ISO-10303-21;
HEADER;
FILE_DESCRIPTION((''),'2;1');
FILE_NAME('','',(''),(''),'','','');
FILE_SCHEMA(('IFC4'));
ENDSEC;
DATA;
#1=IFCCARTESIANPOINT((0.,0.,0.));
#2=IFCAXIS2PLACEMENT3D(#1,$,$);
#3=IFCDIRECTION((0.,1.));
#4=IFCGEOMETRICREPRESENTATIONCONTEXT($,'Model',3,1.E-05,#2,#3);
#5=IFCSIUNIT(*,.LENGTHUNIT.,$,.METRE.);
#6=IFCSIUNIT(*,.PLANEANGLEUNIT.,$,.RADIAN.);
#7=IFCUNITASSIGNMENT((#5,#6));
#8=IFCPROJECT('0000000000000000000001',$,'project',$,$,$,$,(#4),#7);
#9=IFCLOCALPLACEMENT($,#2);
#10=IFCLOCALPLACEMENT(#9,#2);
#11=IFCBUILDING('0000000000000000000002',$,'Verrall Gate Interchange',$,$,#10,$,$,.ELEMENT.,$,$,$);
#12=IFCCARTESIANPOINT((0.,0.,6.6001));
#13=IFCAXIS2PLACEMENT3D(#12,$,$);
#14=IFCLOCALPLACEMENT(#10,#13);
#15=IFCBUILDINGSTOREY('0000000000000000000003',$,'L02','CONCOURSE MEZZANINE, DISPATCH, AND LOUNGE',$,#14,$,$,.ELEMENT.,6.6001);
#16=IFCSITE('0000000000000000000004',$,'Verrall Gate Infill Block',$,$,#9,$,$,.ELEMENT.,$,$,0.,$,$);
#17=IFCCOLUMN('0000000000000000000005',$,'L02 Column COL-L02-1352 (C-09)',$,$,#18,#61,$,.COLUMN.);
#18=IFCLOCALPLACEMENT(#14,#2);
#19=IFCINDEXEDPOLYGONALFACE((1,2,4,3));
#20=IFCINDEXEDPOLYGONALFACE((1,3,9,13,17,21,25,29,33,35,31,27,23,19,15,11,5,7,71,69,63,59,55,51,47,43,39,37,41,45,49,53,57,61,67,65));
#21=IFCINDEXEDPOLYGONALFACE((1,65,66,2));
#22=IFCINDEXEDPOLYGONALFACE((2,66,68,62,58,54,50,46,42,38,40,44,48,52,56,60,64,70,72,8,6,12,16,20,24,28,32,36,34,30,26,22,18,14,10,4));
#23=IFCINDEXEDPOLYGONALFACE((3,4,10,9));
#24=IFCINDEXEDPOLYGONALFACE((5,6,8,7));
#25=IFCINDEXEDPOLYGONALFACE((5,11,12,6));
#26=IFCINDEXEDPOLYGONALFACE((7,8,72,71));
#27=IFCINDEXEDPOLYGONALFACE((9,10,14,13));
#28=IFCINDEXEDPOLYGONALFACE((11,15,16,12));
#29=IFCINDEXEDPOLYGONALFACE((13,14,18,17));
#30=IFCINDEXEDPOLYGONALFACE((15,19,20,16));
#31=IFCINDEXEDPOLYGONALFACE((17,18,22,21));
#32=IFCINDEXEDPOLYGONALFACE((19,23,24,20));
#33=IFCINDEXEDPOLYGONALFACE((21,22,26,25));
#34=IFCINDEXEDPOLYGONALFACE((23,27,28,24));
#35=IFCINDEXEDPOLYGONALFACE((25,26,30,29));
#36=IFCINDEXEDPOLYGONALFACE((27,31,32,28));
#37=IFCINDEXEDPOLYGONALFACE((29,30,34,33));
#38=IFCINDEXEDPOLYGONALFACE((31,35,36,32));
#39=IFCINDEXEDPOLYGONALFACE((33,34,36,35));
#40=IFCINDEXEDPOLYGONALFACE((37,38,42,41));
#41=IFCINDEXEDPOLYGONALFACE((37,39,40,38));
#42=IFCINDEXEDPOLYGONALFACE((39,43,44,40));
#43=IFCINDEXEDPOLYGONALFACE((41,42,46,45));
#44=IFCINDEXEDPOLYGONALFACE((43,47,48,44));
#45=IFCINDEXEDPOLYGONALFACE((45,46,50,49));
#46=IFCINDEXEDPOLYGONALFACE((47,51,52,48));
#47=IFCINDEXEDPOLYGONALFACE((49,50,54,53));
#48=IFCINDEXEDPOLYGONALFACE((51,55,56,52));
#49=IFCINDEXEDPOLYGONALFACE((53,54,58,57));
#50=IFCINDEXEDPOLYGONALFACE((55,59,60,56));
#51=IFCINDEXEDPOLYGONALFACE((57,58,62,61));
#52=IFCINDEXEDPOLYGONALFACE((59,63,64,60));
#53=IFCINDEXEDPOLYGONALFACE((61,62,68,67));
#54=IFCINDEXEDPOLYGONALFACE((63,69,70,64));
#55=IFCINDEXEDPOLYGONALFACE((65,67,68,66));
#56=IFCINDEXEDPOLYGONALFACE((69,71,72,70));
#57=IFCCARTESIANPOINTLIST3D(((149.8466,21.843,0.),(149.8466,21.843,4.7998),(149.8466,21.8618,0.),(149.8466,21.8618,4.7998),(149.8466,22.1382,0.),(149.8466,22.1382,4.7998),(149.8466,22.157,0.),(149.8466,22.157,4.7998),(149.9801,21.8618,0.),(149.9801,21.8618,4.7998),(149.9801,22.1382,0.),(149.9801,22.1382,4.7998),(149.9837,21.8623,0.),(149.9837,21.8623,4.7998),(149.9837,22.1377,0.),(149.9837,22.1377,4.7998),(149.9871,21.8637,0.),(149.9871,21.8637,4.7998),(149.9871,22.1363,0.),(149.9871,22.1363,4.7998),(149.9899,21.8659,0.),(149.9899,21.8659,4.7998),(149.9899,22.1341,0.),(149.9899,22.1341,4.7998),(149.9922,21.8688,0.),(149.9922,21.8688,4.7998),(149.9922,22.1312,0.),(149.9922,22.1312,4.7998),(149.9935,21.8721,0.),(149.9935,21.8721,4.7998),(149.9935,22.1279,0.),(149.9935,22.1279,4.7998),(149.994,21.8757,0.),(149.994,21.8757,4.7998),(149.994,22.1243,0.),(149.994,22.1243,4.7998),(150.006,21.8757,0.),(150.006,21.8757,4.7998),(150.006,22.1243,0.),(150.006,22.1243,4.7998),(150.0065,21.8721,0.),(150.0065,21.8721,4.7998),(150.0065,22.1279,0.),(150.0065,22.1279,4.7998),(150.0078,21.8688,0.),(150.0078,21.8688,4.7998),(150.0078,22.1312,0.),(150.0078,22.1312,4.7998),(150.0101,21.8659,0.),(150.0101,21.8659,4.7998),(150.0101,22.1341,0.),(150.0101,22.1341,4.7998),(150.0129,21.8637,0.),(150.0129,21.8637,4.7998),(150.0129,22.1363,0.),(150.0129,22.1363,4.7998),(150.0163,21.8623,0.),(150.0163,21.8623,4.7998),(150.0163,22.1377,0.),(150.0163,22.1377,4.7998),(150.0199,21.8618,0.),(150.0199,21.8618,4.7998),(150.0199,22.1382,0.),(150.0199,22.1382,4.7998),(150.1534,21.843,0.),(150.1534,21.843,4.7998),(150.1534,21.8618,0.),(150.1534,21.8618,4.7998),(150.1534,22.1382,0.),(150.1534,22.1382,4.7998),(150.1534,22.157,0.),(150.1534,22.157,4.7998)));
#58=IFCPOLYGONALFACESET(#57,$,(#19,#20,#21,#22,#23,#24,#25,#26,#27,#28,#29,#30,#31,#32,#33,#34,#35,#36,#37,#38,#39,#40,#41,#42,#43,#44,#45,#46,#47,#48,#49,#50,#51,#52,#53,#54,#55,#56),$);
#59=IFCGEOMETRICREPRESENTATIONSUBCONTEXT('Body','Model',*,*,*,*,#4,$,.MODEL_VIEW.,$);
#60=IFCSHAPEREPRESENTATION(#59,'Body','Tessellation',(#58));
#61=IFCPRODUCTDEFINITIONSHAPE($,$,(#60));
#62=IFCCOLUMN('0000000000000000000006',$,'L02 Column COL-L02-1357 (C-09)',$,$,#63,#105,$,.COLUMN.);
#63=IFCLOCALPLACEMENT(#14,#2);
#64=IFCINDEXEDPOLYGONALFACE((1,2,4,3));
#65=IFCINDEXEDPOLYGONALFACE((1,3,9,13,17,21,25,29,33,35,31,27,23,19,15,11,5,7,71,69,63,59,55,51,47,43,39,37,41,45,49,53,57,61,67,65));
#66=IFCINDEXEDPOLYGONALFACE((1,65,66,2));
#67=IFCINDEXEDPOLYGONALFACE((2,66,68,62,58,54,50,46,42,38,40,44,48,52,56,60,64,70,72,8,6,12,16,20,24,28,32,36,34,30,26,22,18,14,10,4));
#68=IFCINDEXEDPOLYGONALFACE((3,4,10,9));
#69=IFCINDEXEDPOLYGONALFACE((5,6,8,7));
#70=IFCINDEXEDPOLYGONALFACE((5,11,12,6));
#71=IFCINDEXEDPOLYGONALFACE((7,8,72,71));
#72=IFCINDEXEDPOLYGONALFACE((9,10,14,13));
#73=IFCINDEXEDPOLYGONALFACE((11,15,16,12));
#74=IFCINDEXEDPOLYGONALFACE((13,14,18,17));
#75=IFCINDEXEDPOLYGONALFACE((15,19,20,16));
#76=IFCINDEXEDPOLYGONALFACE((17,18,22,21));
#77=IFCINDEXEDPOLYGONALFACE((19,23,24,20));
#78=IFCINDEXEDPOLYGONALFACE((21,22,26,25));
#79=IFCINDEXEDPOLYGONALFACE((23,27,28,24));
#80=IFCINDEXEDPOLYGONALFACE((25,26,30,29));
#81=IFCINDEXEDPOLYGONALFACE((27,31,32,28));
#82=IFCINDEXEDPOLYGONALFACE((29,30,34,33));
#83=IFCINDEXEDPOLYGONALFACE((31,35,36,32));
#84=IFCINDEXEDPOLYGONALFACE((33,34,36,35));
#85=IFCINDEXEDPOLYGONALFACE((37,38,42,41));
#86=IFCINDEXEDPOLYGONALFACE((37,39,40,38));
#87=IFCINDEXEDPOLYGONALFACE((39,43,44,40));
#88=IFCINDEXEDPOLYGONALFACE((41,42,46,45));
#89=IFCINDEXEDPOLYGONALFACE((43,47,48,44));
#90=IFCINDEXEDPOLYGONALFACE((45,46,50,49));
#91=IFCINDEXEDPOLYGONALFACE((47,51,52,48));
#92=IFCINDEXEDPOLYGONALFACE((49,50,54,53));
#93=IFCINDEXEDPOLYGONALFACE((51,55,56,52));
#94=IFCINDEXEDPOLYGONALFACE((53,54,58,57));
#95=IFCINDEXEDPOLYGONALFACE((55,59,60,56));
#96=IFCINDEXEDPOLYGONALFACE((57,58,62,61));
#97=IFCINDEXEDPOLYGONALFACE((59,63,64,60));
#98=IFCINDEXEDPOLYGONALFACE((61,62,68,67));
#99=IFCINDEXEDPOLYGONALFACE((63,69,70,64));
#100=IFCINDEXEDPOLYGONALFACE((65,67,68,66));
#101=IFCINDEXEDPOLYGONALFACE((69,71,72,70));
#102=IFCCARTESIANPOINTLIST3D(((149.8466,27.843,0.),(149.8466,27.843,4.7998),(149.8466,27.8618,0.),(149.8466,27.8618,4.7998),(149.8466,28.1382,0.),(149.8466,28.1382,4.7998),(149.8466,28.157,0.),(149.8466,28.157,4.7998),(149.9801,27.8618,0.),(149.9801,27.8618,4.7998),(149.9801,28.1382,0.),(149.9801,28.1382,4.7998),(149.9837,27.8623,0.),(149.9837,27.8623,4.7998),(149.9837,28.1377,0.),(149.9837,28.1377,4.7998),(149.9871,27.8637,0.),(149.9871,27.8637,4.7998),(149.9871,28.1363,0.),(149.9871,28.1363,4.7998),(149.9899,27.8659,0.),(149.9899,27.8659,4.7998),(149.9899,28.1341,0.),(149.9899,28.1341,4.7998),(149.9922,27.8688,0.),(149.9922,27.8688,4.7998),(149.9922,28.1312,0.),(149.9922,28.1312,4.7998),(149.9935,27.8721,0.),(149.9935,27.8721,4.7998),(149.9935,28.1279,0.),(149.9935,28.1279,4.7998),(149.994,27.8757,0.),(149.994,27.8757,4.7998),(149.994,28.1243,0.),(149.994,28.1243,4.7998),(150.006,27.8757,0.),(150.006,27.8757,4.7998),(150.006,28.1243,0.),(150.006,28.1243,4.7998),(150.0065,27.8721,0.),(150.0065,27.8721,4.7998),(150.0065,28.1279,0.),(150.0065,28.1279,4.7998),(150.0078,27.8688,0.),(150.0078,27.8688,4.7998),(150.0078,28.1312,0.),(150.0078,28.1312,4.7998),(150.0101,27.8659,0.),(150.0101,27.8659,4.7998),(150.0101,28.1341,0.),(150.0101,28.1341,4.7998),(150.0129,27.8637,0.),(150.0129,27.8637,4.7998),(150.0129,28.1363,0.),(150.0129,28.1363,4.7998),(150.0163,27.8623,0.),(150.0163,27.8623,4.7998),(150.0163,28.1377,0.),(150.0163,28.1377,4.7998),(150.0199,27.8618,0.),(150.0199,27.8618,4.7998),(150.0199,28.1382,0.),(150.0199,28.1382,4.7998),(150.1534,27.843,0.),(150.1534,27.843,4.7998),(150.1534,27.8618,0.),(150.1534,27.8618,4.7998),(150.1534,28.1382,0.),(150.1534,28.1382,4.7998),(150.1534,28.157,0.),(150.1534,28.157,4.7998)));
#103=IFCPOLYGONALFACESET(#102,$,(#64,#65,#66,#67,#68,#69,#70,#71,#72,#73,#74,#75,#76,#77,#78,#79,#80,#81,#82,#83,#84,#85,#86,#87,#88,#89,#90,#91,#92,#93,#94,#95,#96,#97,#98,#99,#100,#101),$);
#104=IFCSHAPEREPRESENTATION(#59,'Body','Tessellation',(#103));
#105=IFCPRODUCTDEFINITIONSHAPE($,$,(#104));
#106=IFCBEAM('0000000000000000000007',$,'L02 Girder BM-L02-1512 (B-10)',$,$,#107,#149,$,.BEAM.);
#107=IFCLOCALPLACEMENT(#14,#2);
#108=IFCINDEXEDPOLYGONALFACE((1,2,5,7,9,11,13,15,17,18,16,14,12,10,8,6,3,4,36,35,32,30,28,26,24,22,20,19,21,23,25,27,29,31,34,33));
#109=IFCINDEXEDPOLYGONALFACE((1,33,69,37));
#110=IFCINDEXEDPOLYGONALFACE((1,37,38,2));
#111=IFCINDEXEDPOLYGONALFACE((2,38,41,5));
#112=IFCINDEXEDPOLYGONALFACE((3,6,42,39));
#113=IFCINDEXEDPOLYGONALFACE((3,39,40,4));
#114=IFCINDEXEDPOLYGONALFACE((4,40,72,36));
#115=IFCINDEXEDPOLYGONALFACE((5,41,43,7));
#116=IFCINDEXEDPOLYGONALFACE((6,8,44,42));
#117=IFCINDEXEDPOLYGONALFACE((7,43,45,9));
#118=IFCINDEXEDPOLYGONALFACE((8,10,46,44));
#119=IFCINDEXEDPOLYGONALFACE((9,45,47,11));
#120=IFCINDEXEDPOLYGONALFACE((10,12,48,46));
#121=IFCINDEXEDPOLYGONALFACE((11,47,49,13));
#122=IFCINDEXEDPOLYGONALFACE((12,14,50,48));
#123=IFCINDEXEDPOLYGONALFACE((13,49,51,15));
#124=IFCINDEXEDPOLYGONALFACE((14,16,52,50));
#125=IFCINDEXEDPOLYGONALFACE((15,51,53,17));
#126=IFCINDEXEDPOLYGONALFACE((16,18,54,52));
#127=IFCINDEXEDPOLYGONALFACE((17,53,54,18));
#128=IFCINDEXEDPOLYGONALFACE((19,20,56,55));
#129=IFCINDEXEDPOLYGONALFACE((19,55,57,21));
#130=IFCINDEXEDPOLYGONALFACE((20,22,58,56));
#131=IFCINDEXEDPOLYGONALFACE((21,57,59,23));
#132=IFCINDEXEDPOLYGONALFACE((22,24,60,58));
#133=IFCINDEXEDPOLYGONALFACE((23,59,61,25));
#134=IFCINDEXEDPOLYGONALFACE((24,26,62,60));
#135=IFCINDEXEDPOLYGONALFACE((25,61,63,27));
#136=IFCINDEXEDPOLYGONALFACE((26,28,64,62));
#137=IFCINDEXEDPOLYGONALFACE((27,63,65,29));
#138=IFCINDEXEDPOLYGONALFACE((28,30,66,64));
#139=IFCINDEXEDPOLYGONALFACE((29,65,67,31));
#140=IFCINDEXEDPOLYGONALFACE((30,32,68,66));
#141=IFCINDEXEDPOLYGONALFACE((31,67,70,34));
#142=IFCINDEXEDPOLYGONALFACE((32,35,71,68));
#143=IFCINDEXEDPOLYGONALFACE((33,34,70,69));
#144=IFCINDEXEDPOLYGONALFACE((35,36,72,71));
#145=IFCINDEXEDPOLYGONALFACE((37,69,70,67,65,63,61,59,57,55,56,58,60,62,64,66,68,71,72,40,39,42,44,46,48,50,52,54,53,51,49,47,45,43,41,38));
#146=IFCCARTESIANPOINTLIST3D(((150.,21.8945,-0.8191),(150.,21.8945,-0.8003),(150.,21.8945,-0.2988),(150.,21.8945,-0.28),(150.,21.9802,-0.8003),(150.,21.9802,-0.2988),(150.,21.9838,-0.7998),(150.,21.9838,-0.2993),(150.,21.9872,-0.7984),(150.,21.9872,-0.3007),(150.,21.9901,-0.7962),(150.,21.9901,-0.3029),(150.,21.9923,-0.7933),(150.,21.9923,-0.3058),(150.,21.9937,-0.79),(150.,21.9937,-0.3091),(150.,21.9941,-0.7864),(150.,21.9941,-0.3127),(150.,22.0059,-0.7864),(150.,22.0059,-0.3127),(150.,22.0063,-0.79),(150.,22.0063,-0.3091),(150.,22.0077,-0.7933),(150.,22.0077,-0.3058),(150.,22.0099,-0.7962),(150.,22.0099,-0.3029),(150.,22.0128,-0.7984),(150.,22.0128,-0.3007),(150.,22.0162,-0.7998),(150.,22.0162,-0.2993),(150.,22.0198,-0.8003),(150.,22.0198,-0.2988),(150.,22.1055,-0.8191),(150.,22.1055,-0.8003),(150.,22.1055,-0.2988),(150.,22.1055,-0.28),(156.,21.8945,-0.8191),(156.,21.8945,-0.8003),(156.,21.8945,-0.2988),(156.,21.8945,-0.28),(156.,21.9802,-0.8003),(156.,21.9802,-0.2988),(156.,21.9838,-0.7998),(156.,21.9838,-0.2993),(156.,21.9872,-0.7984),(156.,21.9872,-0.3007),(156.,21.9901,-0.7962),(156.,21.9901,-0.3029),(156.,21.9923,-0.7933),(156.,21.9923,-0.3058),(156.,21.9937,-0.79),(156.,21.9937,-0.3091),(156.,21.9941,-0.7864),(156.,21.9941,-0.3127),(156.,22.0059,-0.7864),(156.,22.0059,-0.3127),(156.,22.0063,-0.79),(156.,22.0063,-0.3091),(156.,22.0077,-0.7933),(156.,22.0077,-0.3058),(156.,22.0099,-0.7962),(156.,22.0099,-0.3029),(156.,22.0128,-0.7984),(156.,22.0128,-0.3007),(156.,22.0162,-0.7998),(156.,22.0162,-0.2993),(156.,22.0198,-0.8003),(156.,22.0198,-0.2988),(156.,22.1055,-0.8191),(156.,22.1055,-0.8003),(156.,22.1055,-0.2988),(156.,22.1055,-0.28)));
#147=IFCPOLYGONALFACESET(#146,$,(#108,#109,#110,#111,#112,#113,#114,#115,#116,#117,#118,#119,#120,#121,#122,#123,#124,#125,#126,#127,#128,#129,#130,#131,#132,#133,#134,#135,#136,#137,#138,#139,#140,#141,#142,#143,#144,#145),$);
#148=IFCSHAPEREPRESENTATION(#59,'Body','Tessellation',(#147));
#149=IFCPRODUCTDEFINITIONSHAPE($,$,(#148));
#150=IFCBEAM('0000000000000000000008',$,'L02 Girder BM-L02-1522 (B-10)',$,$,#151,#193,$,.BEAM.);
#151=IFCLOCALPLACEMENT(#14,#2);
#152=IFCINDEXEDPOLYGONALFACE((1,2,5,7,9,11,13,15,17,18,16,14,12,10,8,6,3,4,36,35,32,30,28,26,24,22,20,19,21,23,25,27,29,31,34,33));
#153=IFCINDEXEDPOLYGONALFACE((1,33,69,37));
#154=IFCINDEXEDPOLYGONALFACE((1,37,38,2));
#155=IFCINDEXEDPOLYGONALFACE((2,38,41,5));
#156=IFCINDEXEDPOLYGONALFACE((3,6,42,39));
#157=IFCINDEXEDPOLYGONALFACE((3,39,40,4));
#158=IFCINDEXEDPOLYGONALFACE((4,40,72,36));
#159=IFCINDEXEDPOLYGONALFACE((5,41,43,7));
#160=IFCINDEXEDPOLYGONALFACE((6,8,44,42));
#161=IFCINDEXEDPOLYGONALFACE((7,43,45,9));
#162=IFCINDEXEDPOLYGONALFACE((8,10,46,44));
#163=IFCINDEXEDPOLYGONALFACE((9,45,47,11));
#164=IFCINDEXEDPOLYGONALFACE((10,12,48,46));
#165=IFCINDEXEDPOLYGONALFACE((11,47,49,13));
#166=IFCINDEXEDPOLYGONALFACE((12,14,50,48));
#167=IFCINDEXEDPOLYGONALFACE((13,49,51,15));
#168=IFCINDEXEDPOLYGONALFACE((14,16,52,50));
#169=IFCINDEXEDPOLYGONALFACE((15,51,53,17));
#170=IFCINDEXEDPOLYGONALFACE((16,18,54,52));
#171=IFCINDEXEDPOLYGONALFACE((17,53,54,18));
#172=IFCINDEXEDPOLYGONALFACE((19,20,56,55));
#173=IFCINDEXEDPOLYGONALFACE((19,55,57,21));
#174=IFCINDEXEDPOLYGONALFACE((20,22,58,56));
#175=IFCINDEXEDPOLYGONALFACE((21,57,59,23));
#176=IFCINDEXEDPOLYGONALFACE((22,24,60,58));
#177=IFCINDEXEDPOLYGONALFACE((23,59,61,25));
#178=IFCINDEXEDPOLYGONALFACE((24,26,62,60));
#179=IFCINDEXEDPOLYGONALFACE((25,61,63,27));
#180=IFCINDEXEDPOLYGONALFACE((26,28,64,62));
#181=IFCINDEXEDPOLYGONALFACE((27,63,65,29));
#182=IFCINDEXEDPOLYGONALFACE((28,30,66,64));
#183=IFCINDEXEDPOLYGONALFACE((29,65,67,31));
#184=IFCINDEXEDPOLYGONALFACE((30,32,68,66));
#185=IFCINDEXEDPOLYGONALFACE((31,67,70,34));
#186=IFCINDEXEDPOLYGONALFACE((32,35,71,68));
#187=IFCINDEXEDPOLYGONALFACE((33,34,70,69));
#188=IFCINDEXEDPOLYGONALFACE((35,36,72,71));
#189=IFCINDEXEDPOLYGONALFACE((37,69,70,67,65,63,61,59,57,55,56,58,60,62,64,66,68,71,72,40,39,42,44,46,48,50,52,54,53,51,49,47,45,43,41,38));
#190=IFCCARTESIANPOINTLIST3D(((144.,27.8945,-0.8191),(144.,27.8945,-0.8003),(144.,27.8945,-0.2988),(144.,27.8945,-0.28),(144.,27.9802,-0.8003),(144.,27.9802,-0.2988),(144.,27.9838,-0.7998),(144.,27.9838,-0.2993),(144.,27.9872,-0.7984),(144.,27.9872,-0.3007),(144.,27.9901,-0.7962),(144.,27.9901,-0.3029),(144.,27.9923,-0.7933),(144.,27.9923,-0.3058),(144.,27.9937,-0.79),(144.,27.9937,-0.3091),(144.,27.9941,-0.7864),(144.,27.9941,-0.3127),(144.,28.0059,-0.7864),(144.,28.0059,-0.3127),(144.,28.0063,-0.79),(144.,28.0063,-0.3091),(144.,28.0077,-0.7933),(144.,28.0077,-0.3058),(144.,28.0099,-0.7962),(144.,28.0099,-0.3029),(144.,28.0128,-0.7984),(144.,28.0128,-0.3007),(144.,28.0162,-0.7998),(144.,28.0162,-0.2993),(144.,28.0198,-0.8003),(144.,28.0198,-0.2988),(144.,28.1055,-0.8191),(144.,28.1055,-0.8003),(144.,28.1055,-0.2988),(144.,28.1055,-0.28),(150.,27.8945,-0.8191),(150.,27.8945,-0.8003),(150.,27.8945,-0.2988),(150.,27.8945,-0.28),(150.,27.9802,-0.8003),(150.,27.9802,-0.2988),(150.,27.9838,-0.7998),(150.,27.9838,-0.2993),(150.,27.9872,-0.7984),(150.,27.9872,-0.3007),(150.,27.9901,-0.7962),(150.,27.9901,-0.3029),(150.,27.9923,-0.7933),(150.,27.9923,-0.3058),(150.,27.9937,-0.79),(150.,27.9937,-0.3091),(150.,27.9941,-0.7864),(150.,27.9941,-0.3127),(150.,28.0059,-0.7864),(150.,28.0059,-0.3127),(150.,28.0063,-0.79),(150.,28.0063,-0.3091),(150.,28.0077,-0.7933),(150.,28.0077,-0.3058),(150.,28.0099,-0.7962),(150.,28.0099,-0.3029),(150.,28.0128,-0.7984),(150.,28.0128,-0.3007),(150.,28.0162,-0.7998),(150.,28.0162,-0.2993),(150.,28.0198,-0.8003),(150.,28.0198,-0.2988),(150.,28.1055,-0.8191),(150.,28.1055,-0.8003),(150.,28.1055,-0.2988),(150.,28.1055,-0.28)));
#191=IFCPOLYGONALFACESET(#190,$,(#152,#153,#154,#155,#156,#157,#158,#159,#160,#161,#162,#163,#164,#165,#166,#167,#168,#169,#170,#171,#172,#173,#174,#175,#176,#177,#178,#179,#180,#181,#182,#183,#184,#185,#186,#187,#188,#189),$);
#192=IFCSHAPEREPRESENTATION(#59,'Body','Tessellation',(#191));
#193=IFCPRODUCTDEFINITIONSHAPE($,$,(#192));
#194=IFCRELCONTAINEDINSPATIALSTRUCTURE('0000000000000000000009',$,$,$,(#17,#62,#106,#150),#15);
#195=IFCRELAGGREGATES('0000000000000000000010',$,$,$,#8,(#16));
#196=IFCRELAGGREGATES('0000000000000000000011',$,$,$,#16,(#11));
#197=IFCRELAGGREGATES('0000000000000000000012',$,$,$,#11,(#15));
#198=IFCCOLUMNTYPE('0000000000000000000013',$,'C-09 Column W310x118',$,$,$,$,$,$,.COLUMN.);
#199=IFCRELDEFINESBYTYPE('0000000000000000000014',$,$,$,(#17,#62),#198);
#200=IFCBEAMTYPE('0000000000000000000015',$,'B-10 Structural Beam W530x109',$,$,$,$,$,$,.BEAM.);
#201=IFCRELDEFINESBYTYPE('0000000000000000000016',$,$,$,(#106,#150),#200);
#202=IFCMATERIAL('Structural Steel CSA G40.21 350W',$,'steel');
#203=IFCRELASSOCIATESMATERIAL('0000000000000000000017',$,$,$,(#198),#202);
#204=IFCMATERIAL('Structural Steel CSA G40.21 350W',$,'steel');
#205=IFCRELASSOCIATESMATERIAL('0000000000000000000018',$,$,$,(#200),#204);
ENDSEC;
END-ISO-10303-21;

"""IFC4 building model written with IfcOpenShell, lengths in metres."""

from ifc_helpers import new_model, si_unit, direction, frame, origin, origin_2d, place, context, subcontext, project, spatial, i_section, extrude, material, material_profile, profile_set, type_object, element, save


model = new_model("IFC4")

# Units and contexts
model_context = context("Model", 3, precision=1e-05, world=origin(), true_north=direction((0.0, 1.0)))
body_context = subcontext(model_context, "Body", "Model", "MODEL_VIEW")
ifc_project = project(units=[si_unit("LENGTHUNIT", "METRE"), si_unit("PLANEANGLEUNIT", "RADIAN")], contexts=[model_context])

# Site, building, storey
site_placement = place(None, origin())
site = spatial("IfcSite", under=ifc_project, at=site_placement, Name="Verrall Gate Infill Block", CompositionType="ELEMENT", RefElevation=0.0)
building_placement = place(site_placement, origin())
building = spatial("IfcBuilding", under=site, at=building_placement, Name="Verrall Gate Interchange", CompositionType="ELEMENT")
storey_placement = place(building_placement, frame((0.0, 0.0, 6.6001)))
storey = spatial("IfcBuildingStorey", under=building, at=storey_placement, Name="L02", Description="CONCOURSE MEZZANINE, DISPATCH, AND LOUNGE", CompositionType="ELEMENT", Elevation=6.6001)

# Columns
ifc_material_1 = material(Name="Structural Steel CSA G40.21 350W", Category="steel")
ifc_material_profile_1 = material_profile(ifc_material_1, i_section(OverallWidth=0.3069, OverallDepth=0.314, WebThickness=0.012, FlangeThickness=0.0188, FilletRadius=0.0139, at=origin_2d()), Name="W310x118")
ifc_profile_set_1 = profile_set([ifc_material_profile_1], Name="Structural Steel CSA G40.21 350W")
column_type = type_object("IfcColumnType", Name="C-09 Column W310x118", PredefinedType="COLUMN", material=ifc_profile_set_1)
for number, where, z_axis, x_axis, name in (
    (1, (150.0, 22.0, 0.0), (0.0, 0.0, 1.0), (1.0, 0.0, 0.0), "L02 Column COL-L02-1352 (C-09)"),
    (2, (150.0, 28.0, 0.0), (0.0, 0.0, 1.0), (1.0, 0.0, 0.0), "L02 Column COL-L02-1357 (C-09)"),
):
    element("IfcColumn", number, at=place(storey_placement, frame(where, z_axis=z_axis, x_axis=x_axis)), inside=storey, type_object=column_type, Name=name, PredefinedType="COLUMN", context=body_context, shape_type="SweptSolid", body=[
        extrude(i_section(OverallWidth=0.3069, OverallDepth=0.314, WebThickness=0.012, FlangeThickness=0.0188, FilletRadius=0.0139, at=origin_2d()), origin(), (0.0, 0.0, 1.0), 4.7998),
    ])

# Beams
ifc_material_2 = material(Name="Structural Steel CSA G40.21 350W", Category="steel")
ifc_material_profile_2 = material_profile(ifc_material_2, i_section(OverallWidth=0.2109, OverallDepth=0.5391, WebThickness=0.0117, FlangeThickness=0.0188, FilletRadius=0.0139, at=origin_2d()), Name="W530x109")
ifc_profile_set_2 = profile_set([ifc_material_profile_2], Name="Structural Steel CSA G40.21 350W")
beam_type_1 = type_object("IfcBeamType", Name="B-10 Structural Beam W530x109", PredefinedType="BEAM", material=ifc_profile_set_2)
for number, where, z_axis, x_axis, name in (
    (3, (150.0, 22.0, -0.5496), (1.0, 0.0, 0.0), (0.0, 1.0, 0.0), "L02 Girder BM-L02-1512 (B-10)"),
    (4, (144.0, 28.0, -0.5496), (1.0, 0.0, 0.0), (0.0, 1.0, 0.0), "L02 Girder BM-L02-1522 (B-10)"),
):
    element("IfcBeam", number, at=place(storey_placement, frame(where, z_axis=z_axis, x_axis=x_axis)), inside=storey, type_object=beam_type_1, Name=name, PredefinedType="BEAM", context=body_context, shape_type="SweptSolid", body=[
        extrude(i_section(OverallWidth=0.2109, OverallDepth=0.5391, WebThickness=0.0117, FlangeThickness=0.0188, FilletRadius=0.0139, at=origin_2d()), origin(), (0.0, 0.0, 1.0), 6.0),
    ])

save(model, "model.ifc")
